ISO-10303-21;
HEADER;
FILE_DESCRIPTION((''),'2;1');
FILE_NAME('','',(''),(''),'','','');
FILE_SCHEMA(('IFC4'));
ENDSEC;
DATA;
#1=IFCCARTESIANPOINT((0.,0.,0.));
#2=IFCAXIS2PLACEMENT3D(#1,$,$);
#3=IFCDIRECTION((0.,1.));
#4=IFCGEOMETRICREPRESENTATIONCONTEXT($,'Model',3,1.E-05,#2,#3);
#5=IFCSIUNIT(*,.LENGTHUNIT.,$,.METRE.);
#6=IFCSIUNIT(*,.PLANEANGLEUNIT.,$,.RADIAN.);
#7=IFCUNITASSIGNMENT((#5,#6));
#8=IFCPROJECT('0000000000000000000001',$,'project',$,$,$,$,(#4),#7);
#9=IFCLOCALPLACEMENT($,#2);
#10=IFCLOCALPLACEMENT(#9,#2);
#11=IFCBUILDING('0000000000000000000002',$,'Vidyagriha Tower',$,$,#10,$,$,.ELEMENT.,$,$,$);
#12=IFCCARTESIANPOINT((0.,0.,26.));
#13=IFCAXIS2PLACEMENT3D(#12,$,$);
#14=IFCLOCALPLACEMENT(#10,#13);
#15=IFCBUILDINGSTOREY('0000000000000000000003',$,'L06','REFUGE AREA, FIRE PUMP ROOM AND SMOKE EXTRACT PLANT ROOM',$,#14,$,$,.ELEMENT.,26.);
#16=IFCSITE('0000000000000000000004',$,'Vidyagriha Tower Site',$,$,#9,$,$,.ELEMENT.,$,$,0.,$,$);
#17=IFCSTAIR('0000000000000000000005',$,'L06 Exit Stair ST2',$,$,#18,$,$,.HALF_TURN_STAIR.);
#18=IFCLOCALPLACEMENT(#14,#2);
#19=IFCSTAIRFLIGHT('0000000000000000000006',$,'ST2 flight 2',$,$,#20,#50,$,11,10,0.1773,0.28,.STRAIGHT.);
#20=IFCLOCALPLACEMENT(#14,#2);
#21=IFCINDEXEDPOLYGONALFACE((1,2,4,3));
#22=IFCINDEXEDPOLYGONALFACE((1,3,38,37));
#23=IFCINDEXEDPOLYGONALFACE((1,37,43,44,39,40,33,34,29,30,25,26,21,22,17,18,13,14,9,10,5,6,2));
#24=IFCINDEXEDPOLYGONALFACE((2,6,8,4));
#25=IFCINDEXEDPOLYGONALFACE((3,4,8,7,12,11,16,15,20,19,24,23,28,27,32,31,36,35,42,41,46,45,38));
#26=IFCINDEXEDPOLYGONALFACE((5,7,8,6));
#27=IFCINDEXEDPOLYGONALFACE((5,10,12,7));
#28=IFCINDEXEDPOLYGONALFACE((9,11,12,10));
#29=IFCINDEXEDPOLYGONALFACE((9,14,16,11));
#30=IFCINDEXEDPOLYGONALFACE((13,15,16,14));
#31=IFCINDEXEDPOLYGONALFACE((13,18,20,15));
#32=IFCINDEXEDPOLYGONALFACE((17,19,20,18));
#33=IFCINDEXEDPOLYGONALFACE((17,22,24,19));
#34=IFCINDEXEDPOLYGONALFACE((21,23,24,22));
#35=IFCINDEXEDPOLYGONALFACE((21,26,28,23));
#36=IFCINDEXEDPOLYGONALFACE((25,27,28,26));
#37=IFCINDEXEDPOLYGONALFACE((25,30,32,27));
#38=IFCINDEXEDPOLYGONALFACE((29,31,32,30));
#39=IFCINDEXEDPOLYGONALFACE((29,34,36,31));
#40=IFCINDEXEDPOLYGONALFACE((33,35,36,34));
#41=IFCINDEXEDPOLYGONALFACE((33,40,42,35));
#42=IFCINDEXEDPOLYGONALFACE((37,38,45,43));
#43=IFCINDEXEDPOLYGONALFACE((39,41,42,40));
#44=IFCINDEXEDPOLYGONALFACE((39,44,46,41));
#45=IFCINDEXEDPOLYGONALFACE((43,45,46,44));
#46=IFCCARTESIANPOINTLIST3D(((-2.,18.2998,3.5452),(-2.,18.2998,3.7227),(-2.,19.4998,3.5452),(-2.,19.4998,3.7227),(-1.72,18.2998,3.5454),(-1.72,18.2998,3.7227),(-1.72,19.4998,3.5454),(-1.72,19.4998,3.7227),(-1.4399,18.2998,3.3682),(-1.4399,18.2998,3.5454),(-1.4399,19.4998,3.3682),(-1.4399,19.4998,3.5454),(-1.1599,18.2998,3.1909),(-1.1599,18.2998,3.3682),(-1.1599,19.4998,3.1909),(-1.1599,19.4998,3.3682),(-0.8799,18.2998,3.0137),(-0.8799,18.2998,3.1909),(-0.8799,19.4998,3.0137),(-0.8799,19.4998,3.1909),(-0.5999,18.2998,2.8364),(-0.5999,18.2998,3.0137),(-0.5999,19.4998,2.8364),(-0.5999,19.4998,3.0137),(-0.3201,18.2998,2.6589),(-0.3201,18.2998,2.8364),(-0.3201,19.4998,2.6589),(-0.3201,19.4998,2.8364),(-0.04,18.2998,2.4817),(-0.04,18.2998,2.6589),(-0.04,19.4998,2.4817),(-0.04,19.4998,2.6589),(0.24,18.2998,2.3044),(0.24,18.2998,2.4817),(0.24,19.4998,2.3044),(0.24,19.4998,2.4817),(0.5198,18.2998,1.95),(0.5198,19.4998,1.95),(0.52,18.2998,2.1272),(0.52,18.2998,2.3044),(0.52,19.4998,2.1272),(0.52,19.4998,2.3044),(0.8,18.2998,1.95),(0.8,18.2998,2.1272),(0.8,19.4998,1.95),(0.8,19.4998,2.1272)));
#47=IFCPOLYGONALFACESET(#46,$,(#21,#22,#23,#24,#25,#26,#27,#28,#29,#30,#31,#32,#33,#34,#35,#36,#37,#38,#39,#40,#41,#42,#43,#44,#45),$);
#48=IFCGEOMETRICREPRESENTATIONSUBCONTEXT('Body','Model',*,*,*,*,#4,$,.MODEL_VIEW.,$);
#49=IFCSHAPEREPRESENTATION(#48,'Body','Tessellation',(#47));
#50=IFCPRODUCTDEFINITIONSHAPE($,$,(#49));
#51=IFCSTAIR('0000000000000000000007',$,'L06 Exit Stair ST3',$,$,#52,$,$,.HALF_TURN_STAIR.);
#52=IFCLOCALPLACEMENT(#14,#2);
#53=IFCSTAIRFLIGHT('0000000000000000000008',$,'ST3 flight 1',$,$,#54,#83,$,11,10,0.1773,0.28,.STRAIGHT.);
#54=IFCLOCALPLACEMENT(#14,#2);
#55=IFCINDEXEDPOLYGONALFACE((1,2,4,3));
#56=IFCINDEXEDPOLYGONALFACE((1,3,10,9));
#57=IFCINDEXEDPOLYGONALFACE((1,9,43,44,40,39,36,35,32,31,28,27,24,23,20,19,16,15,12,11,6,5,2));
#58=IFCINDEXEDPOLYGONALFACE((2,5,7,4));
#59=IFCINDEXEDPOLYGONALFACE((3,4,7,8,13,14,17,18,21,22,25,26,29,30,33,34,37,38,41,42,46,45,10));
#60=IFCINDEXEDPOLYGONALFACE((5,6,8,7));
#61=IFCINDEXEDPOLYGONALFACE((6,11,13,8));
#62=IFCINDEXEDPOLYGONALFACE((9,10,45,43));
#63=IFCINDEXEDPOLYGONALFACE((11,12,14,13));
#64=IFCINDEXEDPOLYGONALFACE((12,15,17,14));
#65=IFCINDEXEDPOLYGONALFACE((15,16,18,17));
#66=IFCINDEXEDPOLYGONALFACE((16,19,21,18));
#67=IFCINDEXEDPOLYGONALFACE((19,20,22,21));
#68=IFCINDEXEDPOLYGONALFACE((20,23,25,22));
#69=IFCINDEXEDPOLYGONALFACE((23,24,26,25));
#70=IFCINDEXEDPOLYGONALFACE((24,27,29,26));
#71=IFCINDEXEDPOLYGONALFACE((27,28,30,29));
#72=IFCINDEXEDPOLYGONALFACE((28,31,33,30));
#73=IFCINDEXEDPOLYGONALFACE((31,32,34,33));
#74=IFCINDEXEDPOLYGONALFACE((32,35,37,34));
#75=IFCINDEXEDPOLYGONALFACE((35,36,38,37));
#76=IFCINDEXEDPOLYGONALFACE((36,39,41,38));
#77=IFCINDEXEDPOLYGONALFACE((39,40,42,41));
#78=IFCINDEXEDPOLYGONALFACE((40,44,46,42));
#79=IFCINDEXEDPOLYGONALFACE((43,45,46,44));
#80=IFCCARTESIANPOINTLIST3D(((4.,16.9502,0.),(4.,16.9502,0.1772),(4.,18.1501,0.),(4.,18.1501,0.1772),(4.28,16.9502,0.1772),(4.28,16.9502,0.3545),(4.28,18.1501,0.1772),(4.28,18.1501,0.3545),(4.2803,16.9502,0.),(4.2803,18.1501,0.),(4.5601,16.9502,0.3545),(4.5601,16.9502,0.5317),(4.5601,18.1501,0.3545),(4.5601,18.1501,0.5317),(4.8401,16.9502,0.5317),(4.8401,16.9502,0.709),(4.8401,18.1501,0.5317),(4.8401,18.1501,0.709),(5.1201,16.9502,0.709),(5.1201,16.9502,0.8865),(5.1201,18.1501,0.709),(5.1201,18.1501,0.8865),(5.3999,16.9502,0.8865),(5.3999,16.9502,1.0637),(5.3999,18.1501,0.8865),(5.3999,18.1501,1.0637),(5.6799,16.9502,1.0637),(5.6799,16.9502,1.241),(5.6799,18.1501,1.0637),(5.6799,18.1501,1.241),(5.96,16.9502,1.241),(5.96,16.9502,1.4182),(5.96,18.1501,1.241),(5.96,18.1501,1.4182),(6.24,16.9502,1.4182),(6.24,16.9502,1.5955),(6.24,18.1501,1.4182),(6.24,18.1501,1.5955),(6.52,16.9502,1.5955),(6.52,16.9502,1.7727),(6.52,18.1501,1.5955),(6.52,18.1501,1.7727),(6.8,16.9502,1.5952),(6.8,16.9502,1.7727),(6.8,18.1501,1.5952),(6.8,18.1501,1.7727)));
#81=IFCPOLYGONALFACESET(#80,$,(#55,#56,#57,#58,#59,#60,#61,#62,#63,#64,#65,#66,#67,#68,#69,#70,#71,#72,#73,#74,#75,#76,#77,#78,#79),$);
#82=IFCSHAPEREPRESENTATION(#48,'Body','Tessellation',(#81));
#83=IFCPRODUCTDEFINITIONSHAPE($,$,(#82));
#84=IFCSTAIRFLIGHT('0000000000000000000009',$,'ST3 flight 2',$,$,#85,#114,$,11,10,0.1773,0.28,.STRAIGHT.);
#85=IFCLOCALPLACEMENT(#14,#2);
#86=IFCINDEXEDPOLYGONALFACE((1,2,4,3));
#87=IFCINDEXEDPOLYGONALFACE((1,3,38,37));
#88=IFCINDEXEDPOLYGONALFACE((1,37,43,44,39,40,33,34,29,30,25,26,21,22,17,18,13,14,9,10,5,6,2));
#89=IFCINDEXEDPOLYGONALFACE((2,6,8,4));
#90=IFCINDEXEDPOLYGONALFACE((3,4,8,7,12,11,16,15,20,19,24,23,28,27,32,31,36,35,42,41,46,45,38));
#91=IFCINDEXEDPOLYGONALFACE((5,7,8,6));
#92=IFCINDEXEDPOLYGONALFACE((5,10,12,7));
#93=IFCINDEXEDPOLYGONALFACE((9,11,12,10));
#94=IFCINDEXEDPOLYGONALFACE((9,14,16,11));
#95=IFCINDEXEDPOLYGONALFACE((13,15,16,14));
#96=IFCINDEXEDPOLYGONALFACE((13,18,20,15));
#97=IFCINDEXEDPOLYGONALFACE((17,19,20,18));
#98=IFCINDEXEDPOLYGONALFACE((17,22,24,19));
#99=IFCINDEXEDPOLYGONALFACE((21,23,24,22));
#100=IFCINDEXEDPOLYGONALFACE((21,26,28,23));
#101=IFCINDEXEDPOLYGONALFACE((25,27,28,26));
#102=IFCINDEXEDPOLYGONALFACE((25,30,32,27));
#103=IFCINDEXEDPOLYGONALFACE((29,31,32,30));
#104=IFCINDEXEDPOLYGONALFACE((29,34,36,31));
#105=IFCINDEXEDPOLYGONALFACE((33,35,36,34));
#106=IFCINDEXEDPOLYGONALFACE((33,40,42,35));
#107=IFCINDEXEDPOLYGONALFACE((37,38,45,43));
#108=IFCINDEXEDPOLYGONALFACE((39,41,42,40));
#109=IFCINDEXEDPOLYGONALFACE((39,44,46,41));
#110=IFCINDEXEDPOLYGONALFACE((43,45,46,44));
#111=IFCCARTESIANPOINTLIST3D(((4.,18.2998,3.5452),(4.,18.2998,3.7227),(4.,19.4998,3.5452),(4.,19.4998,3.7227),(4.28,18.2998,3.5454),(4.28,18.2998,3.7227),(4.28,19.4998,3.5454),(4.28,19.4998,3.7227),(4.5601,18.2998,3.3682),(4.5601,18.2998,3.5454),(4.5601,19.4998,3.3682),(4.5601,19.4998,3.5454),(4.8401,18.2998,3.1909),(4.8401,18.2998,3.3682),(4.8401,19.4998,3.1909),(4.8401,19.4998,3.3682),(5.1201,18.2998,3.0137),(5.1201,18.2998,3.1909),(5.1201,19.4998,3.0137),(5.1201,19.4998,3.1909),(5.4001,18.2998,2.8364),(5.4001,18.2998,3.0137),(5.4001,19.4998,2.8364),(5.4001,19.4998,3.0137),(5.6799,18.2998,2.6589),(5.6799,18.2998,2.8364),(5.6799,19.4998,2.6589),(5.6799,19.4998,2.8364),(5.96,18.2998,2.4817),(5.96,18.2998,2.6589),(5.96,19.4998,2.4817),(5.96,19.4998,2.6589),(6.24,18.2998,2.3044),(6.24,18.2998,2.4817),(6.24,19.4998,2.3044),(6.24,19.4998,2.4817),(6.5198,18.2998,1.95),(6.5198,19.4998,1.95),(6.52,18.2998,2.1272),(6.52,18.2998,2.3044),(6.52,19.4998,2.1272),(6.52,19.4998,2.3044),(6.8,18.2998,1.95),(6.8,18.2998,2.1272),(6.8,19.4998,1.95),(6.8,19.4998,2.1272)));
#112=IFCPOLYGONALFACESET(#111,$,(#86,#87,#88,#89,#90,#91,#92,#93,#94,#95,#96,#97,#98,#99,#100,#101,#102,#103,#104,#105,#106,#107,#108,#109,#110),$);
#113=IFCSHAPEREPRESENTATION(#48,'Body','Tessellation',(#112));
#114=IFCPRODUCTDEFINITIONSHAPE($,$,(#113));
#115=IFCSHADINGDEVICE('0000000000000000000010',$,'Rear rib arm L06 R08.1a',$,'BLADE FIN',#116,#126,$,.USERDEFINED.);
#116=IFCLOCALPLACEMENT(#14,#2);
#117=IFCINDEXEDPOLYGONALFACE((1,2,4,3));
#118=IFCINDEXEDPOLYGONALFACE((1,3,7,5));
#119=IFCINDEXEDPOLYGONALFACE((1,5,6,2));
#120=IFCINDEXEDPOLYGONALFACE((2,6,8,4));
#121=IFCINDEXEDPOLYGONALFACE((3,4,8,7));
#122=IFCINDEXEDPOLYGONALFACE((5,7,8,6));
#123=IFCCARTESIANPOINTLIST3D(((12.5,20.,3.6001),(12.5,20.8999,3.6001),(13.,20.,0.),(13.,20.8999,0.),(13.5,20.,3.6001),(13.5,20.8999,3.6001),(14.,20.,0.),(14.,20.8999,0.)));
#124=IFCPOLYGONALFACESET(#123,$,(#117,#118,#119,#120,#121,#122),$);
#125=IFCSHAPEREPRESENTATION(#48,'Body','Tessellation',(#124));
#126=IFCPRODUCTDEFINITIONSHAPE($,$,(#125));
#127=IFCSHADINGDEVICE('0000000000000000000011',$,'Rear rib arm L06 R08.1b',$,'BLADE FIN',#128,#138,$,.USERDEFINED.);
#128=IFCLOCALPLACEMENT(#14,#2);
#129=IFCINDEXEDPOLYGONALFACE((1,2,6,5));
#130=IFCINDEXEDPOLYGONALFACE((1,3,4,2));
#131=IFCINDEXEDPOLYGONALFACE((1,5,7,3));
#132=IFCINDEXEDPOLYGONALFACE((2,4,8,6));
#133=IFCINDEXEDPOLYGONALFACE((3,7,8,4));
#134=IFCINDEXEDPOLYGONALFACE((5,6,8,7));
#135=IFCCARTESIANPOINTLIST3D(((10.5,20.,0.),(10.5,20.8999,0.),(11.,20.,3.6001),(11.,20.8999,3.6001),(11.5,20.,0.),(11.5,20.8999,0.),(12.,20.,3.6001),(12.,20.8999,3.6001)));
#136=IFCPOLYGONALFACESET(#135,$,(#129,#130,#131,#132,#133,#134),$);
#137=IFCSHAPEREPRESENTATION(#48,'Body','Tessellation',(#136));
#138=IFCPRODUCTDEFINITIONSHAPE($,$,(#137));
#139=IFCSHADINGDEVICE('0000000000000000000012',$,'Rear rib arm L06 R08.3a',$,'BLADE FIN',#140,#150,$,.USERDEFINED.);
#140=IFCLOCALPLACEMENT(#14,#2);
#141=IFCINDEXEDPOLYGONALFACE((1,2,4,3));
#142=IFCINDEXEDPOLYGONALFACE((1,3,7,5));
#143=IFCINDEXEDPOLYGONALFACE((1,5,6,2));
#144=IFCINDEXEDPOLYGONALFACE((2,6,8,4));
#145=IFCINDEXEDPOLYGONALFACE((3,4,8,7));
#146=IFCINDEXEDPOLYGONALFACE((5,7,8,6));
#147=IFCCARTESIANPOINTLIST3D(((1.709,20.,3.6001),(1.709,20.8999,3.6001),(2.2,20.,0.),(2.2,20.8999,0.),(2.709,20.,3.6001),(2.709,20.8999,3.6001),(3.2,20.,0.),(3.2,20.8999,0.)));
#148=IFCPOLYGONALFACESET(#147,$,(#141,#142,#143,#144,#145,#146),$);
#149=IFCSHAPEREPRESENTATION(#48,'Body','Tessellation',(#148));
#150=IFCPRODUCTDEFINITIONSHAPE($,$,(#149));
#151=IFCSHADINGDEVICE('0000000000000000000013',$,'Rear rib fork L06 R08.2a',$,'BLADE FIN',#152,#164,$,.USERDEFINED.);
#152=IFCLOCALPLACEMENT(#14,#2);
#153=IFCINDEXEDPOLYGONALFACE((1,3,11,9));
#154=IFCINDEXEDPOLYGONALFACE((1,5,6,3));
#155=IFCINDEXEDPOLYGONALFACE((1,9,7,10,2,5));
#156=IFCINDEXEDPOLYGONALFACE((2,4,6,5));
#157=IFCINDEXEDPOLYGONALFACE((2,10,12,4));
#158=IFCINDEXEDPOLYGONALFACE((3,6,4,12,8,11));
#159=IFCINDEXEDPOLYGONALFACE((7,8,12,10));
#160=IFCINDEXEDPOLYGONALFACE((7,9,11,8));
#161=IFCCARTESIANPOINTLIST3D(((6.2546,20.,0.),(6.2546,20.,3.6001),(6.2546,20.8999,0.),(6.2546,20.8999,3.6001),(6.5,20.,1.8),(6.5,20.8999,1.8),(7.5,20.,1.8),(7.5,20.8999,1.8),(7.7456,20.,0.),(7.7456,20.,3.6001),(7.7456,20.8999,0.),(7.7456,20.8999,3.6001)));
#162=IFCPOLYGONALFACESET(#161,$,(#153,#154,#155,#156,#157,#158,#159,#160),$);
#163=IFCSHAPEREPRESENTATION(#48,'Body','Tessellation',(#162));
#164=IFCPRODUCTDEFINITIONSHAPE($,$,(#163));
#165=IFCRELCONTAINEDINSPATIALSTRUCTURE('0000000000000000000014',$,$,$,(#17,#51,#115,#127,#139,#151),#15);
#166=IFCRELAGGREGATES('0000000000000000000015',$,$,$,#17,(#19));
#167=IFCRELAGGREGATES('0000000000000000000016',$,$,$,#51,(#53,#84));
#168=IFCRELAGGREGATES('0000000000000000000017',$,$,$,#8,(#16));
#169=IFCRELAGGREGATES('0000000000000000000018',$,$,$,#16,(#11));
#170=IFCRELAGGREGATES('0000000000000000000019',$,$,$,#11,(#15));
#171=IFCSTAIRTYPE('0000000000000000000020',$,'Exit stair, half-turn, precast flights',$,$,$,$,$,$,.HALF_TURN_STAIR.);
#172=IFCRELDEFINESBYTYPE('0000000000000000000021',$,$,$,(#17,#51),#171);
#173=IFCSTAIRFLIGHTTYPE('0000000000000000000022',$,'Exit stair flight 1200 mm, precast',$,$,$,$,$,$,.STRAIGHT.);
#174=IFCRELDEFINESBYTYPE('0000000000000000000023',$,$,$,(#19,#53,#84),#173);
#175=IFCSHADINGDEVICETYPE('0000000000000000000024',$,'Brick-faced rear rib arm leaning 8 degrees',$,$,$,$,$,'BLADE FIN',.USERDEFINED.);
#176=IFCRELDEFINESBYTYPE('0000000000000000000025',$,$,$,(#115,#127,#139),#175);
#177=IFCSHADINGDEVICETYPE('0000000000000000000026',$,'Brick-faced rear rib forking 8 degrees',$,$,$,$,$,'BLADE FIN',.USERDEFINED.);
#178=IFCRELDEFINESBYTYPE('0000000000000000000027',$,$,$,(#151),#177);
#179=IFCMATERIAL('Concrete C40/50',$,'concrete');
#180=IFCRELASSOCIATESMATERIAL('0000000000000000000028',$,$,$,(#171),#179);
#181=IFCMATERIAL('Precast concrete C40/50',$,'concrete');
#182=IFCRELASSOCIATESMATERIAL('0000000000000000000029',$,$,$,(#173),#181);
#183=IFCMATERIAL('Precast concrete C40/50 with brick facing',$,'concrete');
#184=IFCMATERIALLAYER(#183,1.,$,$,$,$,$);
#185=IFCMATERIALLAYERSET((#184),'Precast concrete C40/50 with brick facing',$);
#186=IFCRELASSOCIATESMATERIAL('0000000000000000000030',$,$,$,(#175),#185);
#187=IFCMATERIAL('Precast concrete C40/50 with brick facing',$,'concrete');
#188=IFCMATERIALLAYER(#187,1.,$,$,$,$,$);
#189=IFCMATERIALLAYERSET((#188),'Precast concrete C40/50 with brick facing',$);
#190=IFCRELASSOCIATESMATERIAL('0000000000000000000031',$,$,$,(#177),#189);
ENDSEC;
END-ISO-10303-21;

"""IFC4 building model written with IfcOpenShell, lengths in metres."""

from ifc_helpers import new_model, si_unit, direction, frame, origin, place, context, subcontext, project, spatial, polyline, outline, extrude, material, layer, layer_set, type_object, element, aggregate, save


model = new_model("IFC4")

# Units and contexts
model_context = context("Model", 3, precision=1e-05, world=origin(), true_north=direction((0.0, 1.0)))
body_context = subcontext(model_context, "Body", "Model", "MODEL_VIEW")
ifc_project = project(units=[si_unit("LENGTHUNIT", "METRE"), si_unit("PLANEANGLEUNIT", "RADIAN")], contexts=[model_context])

# Site, building, storey
site_placement = place(None, origin())
site = spatial("IfcSite", under=ifc_project, at=site_placement, Name="Vidyagriha Tower Site", CompositionType="ELEMENT", RefElevation=0.0)
building_placement = place(site_placement, origin())
building = spatial("IfcBuilding", under=site, at=building_placement, Name="Vidyagriha Tower", CompositionType="ELEMENT")
storey_placement = place(building_placement, frame((0.0, 0.0, 26.0)))
storey = spatial("IfcBuildingStorey", under=building, at=storey_placement, Name="L06", Description="REFUGE AREA, FIRE PUMP ROOM AND SMOKE EXTRACT PLANT ROOM", CompositionType="ELEMENT", Elevation=26.0)

# Stair, stair flight
ifc_material_1 = material(Name="Concrete C40/50", Category="concrete")
stair_type = type_object("IfcStairType", Name="Exit stair, half-turn, precast flights", PredefinedType="HALF_TURN_STAIR", material=ifc_material_1)
stair_1_placement = place(storey_placement, origin())
stair_1 = element("IfcStair", 1, at=stair_1_placement, inside=storey, type_object=stair_type, Name="L06 Exit Stair ST2", PredefinedType="HALF_TURN_STAIR")
ifc_material_2 = material(Name="Precast concrete C40/50", Category="concrete")
stair_flight_type = type_object("IfcStairFlightType", Name="Exit stair flight 1200 mm, precast", PredefinedType="STRAIGHT", material=ifc_material_2)
stair_flight_1_placement = place(storey_placement, frame((0.8, 18.8999, 1.95), z_axis=(0.0, 0.0, 1.0), x_axis=(-1.0, 0.0, 0.0)))
stair_flight_1 = element("IfcStairFlight", 2, at=stair_flight_1_placement, type_object=stair_flight_type, Name="ST2 flight 2", NumberOfRisers=11, NumberOfTreads=10, PredefinedType="STRAIGHT", RiserHeight=0.1773, TreadLength=0.28, context=body_context, shape_type="SweptSolid", body=[
    extrude(outline(polyline([(0.0, 0.0), (0.0, 0.1772), (0.28, 0.1772), (0.28, 0.3545), (0.5601, 0.3545), (0.5601, 0.5317), (0.8401, 0.5317), (0.8401, 0.709), (1.1201, 0.709), (1.1201, 0.8865), (1.3999, 0.8865), (1.3999, 1.0637), (1.6799, 1.0637), (1.6799, 1.241), (1.96, 1.241), (1.96, 1.4182), (2.24, 1.4182), (2.24, 1.5955), (2.52, 1.5955), (2.52, 1.7727), (2.8, 1.7727), (2.8, 1.95), (2.8, 1.5952), (0.2803, 0.0), (0.0, 0.0)])), frame((0.0, 0.6001, 0.0), z_axis=(0.0, -1.0, 0.0), x_axis=(1.0, 0.0, 0.0)), (0.0, 0.0, 1.0), 1.2),
])
aggregate(stair_1, [stair_flight_1])

# Stair, stair flights
stair_2_placement = place(storey_placement, origin())
stair_2 = element("IfcStair", 3, at=stair_2_placement, inside=storey, type_object=stair_type, Name="L06 Exit Stair ST3", PredefinedType="HALF_TURN_STAIR")
stair_flight_2_placement = place(storey_placement, frame((4.0, 17.55, 0.0)))
stair_flight_2 = element("IfcStairFlight", 4, at=stair_flight_2_placement, type_object=stair_flight_type, Name="ST3 flight 1", NumberOfRisers=11, NumberOfTreads=10, PredefinedType="STRAIGHT", RiserHeight=0.1773, TreadLength=0.28, context=body_context, shape_type="SweptSolid", body=[
    extrude(outline(polyline([(0.0, 0.0), (0.0, 0.1772), (0.28, 0.1772), (0.28, 0.3545), (0.5601, 0.3545), (0.5601, 0.5317), (0.8401, 0.5317), (0.8401, 0.709), (1.1201, 0.709), (1.1201, 0.8865), (1.3999, 0.8865), (1.3999, 1.0637), (1.6799, 1.0637), (1.6799, 1.241), (1.96, 1.241), (1.96, 1.4182), (2.24, 1.4182), (2.24, 1.5955), (2.52, 1.5955), (2.52, 1.7727), (2.8, 1.7727), (2.8, 1.95), (2.8, 1.5952), (0.2803, 0.0), (0.0, 0.0)])), frame((0.0, 0.6001, 0.0), z_axis=(0.0, -1.0, 0.0), x_axis=(1.0, 0.0, 0.0)), (0.0, 0.0, 1.0), 1.2),
])
stair_flight_3_placement = place(storey_placement, frame((6.8, 18.8999, 1.95), z_axis=(0.0, 0.0, 1.0), x_axis=(-1.0, 0.0, 0.0)))
stair_flight_3 = element("IfcStairFlight", 5, at=stair_flight_3_placement, type_object=stair_flight_type, Name="ST3 flight 2", NumberOfRisers=11, NumberOfTreads=10, PredefinedType="STRAIGHT", RiserHeight=0.1773, TreadLength=0.28, context=body_context, shape_type="SweptSolid", body=[
    extrude(outline(polyline([(0.0, 0.0), (0.0, 0.1772), (0.28, 0.1772), (0.28, 0.3545), (0.5601, 0.3545), (0.5601, 0.5317), (0.8401, 0.5317), (0.8401, 0.709), (1.1201, 0.709), (1.1201, 0.8865), (1.3999, 0.8865), (1.3999, 1.0637), (1.6799, 1.0637), (1.6799, 1.241), (1.96, 1.241), (1.96, 1.4182), (2.24, 1.4182), (2.24, 1.5955), (2.52, 1.5955), (2.52, 1.7727), (2.8, 1.7727), (2.8, 1.95), (2.8, 1.5952), (0.2803, 0.0), (0.0, 0.0)])), frame((0.0, 0.6001, 0.0), z_axis=(0.0, -1.0, 0.0), x_axis=(1.0, 0.0, 0.0)), (0.0, 0.0, 1.0), 1.2),
])
aggregate(stair_2, [stair_flight_2, stair_flight_3])

# Shading devices
ifc_material_3 = material(Name="Precast concrete C40/50 with brick facing", Category="concrete")
ifc_layer_1 = layer(ifc_material_3, 1.0)
ifc_layer_set_1 = layer_set([ifc_layer_1], Name="Precast concrete C40/50 with brick facing")
shading_device_type_1 = type_object("IfcShadingDeviceType", Name="Brick-faced rear rib arm leaning 8 degrees", ElementType="BLADE FIN", PredefinedType="USERDEFINED", material=ifc_layer_set_1)
shading_device_1_placement = place(storey_placement, frame((14.0, 20.45, 0.0), z_axis=(0.0, 0.0, 1.0), x_axis=(-1.0, 0.0, 0.0)))
element("IfcShadingDevice", 6, at=shading_device_1_placement, inside=storey, type_object=shading_device_type_1, Name="Rear rib arm L06 R08.1a", ObjectType="BLADE FIN", PredefinedType="USERDEFINED", context=body_context, shape_type="SweptSolid", body=[
    extrude(outline(polyline([(0.0, 0.0), (1.0, 0.0), (1.5, 3.6001), (0.5, 3.6001), (0.0, 0.0)])), frame((0.0, 0.45, 0.0), z_axis=(0.0, -1.0, 0.0), x_axis=(1.0, 0.0, 0.0)), (0.0, 0.0, 1.0), 0.8999),
])
shading_device_2_placement = place(storey_placement, frame((12.0, 20.45, 0.0), z_axis=(0.0, 0.0, 1.0), x_axis=(-1.0, 0.0, 0.0)))
element("IfcShadingDevice", 7, at=shading_device_2_placement, inside=storey, type_object=shading_device_type_1, Name="Rear rib arm L06 R08.1b", ObjectType="BLADE FIN", PredefinedType="USERDEFINED", context=body_context, shape_type="SweptSolid", body=[
    extrude(outline(polyline([(0.5, 0.0), (1.5, 0.0), (1.0, 3.6001), (0.0, 3.6001), (0.5, 0.0)])), frame((0.0, 0.45, 0.0), z_axis=(0.0, -1.0, 0.0), x_axis=(1.0, 0.0, 0.0)), (0.0, 0.0, 1.0), 0.8999),
])
shading_device_3_placement = place(storey_placement, frame((3.2, 20.45, 0.0), z_axis=(0.0, 0.0, 1.0), x_axis=(-1.0, 0.0, 0.0)))
element("IfcShadingDevice", 8, at=shading_device_3_placement, inside=storey, type_object=shading_device_type_1, Name="Rear rib arm L06 R08.3a", ObjectType="BLADE FIN", PredefinedType="USERDEFINED", context=body_context, shape_type="SweptSolid", body=[
    extrude(outline(polyline([(0.0, 0.0), (1.0, 0.0), (1.491, 3.6001), (0.491, 3.6001), (0.0, 0.0)])), frame((0.0, 0.45, 0.0), z_axis=(0.0, -1.0, 0.0), x_axis=(1.0, 0.0, 0.0)), (0.0, 0.0, 1.0), 0.8999),
])
ifc_material_4 = material(Name="Precast concrete C40/50 with brick facing", Category="concrete")
ifc_layer_2 = layer(ifc_material_4, 1.0)
ifc_layer_set_2 = layer_set([ifc_layer_2], Name="Precast concrete C40/50 with brick facing")
shading_device_type_2 = type_object("IfcShadingDeviceType", Name="Brick-faced rear rib forking 8 degrees", ElementType="BLADE FIN", PredefinedType="USERDEFINED", material=ifc_layer_set_2)
shading_device_4_placement = place(storey_placement, frame((7.7456, 20.45, 0.0), z_axis=(0.0, 0.0, 1.0), x_axis=(-1.0, 0.0, 0.0)))
element("IfcShadingDevice", 9, at=shading_device_4_placement, inside=storey, type_object=shading_device_type_2, Name="Rear rib fork L06 R08.2a", ObjectType="BLADE FIN", PredefinedType="USERDEFINED", context=body_context, shape_type="SweptSolid", body=[
    extrude(outline(polyline([(0.0, 0.0), (1.491, 0.0), (1.2456, 1.8), (1.491, 3.6001), (0.0, 3.6001), (0.2456, 1.8), (0.0, 0.0)])), frame((0.0, 0.45, 0.0), z_axis=(0.0, -1.0, 0.0), x_axis=(1.0, 0.0, 0.0)), (0.0, 0.0, 1.0), 0.8999),
])

save(model, "model.ifc")
